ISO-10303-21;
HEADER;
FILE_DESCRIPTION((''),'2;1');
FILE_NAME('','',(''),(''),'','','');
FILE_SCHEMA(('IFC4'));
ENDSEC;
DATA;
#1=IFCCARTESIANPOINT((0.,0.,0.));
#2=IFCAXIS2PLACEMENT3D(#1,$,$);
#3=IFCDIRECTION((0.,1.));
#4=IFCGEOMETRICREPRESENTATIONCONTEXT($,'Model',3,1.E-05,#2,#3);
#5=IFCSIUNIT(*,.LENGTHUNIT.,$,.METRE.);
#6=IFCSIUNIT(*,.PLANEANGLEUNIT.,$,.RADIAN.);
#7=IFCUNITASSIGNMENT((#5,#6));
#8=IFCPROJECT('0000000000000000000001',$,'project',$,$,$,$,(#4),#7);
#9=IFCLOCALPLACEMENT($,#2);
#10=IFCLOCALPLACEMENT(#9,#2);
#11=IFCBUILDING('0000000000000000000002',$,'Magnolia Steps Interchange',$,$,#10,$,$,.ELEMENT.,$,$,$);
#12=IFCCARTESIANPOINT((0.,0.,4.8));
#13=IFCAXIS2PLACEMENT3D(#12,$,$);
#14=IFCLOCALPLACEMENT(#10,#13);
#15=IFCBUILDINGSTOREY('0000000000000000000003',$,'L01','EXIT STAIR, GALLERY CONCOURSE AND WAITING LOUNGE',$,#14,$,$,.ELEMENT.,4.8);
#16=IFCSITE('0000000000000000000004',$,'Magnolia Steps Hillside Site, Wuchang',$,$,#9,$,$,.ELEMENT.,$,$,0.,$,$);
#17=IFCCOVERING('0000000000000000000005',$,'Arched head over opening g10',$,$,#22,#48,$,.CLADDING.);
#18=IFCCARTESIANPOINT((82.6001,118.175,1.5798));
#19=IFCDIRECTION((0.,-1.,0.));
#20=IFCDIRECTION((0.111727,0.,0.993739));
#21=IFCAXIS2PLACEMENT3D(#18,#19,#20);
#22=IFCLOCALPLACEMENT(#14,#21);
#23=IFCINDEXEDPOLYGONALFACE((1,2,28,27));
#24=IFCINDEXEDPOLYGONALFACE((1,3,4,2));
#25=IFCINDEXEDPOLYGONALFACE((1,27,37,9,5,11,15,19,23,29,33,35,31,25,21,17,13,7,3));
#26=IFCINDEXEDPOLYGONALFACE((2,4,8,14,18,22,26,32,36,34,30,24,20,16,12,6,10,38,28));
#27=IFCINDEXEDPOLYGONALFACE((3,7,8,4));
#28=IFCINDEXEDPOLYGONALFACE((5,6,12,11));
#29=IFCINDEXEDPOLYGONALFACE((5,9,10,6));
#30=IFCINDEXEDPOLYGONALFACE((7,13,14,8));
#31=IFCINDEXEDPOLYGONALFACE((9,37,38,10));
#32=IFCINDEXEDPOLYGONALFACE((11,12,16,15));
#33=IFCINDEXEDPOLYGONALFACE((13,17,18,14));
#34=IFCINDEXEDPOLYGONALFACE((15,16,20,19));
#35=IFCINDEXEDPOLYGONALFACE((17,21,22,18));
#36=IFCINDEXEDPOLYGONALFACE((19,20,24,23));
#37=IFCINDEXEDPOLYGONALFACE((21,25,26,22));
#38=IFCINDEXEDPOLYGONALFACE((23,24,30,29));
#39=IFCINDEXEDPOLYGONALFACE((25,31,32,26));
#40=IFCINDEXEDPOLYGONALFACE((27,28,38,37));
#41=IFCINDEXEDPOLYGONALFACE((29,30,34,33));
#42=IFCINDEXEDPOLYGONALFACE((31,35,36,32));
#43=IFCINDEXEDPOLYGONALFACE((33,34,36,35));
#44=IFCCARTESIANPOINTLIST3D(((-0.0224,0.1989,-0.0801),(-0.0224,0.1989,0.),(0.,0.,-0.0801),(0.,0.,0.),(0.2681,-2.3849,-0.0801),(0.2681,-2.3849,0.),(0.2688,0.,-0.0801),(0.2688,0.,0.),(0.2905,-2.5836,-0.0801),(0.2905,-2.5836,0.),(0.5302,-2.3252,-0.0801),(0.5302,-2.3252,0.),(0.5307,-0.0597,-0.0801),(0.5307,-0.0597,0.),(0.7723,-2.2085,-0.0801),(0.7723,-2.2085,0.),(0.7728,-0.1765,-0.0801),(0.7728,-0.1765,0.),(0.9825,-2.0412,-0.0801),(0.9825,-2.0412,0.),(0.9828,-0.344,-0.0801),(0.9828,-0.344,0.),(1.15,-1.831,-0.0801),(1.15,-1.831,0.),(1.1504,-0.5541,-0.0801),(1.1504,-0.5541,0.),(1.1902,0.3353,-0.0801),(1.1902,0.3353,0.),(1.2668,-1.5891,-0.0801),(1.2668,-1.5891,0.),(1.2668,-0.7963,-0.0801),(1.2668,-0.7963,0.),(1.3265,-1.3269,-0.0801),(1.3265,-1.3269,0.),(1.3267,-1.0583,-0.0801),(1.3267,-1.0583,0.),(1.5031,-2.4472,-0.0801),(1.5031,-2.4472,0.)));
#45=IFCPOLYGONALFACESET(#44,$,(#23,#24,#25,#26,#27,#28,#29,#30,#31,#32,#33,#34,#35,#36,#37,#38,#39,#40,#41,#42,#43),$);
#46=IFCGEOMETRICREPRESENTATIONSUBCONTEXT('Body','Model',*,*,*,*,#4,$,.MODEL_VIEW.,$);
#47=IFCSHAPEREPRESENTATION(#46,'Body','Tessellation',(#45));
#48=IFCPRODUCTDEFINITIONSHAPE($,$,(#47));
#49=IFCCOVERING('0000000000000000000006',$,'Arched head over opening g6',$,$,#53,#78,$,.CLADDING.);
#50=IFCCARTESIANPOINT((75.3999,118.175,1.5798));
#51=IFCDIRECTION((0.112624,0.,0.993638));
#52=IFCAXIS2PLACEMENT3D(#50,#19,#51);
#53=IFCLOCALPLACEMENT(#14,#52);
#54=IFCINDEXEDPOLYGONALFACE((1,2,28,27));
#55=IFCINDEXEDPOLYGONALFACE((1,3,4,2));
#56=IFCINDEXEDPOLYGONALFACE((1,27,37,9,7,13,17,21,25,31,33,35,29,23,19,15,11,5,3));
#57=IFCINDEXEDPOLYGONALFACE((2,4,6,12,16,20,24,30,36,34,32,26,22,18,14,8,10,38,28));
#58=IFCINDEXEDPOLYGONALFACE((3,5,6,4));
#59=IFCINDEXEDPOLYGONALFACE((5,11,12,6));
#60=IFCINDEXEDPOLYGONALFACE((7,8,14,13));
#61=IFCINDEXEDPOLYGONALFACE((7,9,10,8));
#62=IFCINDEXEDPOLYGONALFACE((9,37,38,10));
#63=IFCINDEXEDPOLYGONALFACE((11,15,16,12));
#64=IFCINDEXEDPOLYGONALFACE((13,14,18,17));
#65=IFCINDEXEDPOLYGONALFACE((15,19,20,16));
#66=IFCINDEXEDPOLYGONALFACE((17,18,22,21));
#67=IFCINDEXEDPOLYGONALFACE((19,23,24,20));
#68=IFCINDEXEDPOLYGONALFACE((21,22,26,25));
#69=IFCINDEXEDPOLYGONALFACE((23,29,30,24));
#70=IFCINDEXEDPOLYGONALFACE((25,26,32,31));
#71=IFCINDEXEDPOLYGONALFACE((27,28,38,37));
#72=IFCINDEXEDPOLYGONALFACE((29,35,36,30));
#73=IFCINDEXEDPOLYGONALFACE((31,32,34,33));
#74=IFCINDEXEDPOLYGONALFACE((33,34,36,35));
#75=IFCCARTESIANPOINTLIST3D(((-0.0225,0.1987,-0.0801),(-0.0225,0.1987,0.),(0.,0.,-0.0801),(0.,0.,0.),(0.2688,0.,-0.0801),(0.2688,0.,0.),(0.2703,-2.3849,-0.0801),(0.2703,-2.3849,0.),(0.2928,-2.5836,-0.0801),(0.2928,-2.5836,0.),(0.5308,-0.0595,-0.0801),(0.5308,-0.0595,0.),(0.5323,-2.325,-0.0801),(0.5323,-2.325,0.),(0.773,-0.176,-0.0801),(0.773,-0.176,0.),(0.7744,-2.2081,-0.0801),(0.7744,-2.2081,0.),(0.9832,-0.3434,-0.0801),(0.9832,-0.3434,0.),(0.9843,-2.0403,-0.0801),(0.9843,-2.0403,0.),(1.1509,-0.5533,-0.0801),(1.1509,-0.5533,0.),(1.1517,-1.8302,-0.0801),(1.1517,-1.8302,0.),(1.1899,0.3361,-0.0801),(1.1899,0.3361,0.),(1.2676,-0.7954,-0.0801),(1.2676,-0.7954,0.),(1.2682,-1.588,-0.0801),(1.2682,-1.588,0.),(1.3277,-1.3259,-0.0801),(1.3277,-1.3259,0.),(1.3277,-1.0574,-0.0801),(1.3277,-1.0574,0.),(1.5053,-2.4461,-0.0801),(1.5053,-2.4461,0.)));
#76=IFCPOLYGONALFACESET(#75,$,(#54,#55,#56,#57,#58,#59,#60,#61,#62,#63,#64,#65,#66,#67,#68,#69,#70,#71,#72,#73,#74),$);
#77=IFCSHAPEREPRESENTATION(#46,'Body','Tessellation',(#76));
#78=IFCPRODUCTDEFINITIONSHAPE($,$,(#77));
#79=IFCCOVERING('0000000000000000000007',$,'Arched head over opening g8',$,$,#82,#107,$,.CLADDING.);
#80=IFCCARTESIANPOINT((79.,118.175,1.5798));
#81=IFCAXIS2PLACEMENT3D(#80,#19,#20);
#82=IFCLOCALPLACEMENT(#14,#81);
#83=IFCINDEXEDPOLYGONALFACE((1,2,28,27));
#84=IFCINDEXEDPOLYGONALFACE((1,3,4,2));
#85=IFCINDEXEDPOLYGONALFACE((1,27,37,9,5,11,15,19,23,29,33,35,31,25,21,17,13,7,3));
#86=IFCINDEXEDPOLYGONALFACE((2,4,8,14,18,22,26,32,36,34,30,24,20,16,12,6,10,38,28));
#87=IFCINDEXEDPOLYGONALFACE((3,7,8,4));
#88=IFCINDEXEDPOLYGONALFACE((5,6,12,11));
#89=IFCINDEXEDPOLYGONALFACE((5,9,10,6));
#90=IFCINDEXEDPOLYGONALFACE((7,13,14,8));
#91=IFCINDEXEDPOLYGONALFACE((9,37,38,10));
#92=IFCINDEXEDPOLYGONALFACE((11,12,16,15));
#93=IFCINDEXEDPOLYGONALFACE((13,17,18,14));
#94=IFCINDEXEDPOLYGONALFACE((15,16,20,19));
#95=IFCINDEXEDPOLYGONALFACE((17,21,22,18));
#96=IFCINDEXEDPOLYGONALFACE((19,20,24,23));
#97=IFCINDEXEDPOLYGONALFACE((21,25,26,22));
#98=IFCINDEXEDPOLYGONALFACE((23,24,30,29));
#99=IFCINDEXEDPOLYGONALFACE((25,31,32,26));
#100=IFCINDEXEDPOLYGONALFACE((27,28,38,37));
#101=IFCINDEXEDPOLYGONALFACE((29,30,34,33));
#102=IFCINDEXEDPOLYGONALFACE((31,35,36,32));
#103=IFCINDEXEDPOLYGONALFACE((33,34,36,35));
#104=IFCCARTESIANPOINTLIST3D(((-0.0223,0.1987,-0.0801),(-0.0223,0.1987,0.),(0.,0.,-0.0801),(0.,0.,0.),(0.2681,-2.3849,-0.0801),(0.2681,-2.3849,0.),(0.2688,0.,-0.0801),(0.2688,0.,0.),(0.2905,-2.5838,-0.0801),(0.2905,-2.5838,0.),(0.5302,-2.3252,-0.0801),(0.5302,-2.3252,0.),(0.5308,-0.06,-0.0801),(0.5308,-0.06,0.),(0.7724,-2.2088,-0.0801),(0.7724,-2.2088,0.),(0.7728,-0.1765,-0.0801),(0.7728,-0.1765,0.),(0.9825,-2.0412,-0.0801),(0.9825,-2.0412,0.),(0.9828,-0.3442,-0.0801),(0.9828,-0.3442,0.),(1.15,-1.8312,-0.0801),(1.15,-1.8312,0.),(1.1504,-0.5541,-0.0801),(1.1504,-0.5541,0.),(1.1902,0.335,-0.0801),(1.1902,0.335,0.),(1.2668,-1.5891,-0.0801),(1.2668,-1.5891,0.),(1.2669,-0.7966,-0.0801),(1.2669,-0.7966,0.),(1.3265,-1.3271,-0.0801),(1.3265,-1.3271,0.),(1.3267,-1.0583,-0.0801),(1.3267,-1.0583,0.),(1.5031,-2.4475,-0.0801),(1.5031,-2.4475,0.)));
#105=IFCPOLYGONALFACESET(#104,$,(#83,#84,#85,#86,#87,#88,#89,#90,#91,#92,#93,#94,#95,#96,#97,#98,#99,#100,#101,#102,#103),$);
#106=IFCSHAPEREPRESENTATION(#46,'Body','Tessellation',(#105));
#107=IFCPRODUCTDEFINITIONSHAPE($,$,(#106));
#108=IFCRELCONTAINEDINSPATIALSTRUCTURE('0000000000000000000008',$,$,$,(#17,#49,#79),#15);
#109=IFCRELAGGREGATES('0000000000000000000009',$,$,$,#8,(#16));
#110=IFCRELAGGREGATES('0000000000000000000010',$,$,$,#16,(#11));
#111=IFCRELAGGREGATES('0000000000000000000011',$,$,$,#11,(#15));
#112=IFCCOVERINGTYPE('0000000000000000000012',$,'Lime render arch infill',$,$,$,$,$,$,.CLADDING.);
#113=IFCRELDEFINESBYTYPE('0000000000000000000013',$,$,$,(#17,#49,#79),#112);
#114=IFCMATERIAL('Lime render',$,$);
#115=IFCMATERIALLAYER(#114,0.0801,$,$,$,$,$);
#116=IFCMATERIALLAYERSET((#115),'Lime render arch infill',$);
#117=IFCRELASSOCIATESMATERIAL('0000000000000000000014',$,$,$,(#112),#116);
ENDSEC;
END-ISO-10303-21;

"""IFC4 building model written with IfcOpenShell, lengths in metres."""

from ifc_helpers import new_model, si_unit, direction, frame, origin, place, context, subcontext, project, spatial, polyline, outline, extrude, material, layer, layer_set, type_object, element, save


model = new_model("IFC4")

# Units and contexts
model_context = context("Model", 3, precision=1e-05, world=origin(), true_north=direction((0.0, 1.0)))
body_context = subcontext(model_context, "Body", "Model", "MODEL_VIEW")
ifc_project = project(units=[si_unit("LENGTHUNIT", "METRE"), si_unit("PLANEANGLEUNIT", "RADIAN")], contexts=[model_context])

# Site, building, storey
site_placement = place(None, origin())
site = spatial("IfcSite", under=ifc_project, at=site_placement, Name="Magnolia Steps Hillside Site, Wuchang", CompositionType="ELEMENT", RefElevation=0.0)
building_placement = place(site_placement, origin())
building = spatial("IfcBuilding", under=site, at=building_placement, Name="Magnolia Steps Interchange", CompositionType="ELEMENT")
storey_placement = place(building_placement, frame((0.0, 0.0, 4.8)))
storey = spatial("IfcBuildingStorey", under=building, at=storey_placement, Name="L01", Description="EXIT STAIR, GALLERY CONCOURSE AND WAITING LOUNGE", CompositionType="ELEMENT", Elevation=4.8)

# Coverings
ifc_material_1 = material(Name="Lime render")
ifc_layer_1 = layer(ifc_material_1, 0.0801)
ifc_layer_set_1 = layer_set([ifc_layer_1], Name="Lime render arch infill")
covering_type_1 = type_object("IfcCoveringType", Name="Lime render arch infill", PredefinedType="CLADDING", material=ifc_layer_set_1)
covering_1_placement = place(storey_placement, frame((82.6001, 118.175, 1.5798), z_axis=(0.0, -1.0, 0.0), x_axis=(0.111727, 0.0, 0.993739)))
element("IfcCovering", 1, at=covering_1_placement, inside=storey, type_object=covering_type_1, Name="Arched head over opening g10", PredefinedType="CLADDING", context=body_context, shape_type="SweptSolid", body=[
    extrude(outline(polyline([(0.0, 0.0), (0.2688, 0.0), (0.5307, -0.0597), (0.7728, -0.1765), (0.9828, -0.344), (1.1504, -0.5541), (1.2668, -0.7963), (1.3267, -1.0583), (1.3265, -1.3269), (1.2668, -1.5891), (1.15, -1.831), (0.9825, -2.0412), (0.7723, -2.2085), (0.5302, -2.3252), (0.2681, -2.3849), (0.2905, -2.5836), (1.5031, -2.4472), (1.1902, 0.3353), (-0.0224, 0.1989), (0.0, 0.0)])), origin(), (0.0, 0.0, -1.0), 0.0801),
])
covering_2_placement = place(storey_placement, frame((75.3999, 118.175, 1.5798), z_axis=(0.0, -1.0, 0.0), x_axis=(0.112624, 0.0, 0.993638)))
element("IfcCovering", 2, at=covering_2_placement, inside=storey, type_object=covering_type_1, Name="Arched head over opening g6", PredefinedType="CLADDING", context=body_context, shape_type="SweptSolid", body=[
    extrude(outline(polyline([(0.0, 0.0), (0.2688, 0.0), (0.5308, -0.0595), (0.773, -0.176), (0.9832, -0.3434), (1.1509, -0.5533), (1.2676, -0.7954), (1.3277, -1.0574), (1.3277, -1.3259), (1.2682, -1.588), (1.1517, -1.8302), (0.9843, -2.0403), (0.7744, -2.2081), (0.5323, -2.325), (0.2703, -2.3849), (0.2928, -2.5836), (1.5053, -2.4461), (1.1899, 0.3361), (-0.0225, 0.1987), (0.0, 0.0)])), origin(), (0.0, 0.0, -1.0), 0.0801),
])
covering_3_placement = place(storey_placement, frame((79.0, 118.175, 1.5798), z_axis=(0.0, -1.0, 0.0), x_axis=(0.111727, 0.0, 0.993739)))
element("IfcCovering", 3, at=covering_3_placement, inside=storey, type_object=covering_type_1, Name="Arched head over opening g8", PredefinedType="CLADDING", context=body_context, shape_type="SweptSolid", body=[
    extrude(outline(polyline([(0.0, 0.0), (0.2688, 0.0), (0.5308, -0.06), (0.7728, -0.1765), (0.9828, -0.3442), (1.1504, -0.5541), (1.2669, -0.7966), (1.3267, -1.0583), (1.3265, -1.3271), (1.2668, -1.5891), (1.15, -1.8312), (0.9825, -2.0412), (0.7724, -2.2088), (0.5302, -2.3252), (0.2681, -2.3849), (0.2905, -2.5838), (1.5031, -2.4475), (1.1902, 0.335), (-0.0223, 0.1987), (0.0, 0.0)])), origin(), (0.0, 0.0, -1.0), 0.0801),
])

save(model, "model.ifc")
